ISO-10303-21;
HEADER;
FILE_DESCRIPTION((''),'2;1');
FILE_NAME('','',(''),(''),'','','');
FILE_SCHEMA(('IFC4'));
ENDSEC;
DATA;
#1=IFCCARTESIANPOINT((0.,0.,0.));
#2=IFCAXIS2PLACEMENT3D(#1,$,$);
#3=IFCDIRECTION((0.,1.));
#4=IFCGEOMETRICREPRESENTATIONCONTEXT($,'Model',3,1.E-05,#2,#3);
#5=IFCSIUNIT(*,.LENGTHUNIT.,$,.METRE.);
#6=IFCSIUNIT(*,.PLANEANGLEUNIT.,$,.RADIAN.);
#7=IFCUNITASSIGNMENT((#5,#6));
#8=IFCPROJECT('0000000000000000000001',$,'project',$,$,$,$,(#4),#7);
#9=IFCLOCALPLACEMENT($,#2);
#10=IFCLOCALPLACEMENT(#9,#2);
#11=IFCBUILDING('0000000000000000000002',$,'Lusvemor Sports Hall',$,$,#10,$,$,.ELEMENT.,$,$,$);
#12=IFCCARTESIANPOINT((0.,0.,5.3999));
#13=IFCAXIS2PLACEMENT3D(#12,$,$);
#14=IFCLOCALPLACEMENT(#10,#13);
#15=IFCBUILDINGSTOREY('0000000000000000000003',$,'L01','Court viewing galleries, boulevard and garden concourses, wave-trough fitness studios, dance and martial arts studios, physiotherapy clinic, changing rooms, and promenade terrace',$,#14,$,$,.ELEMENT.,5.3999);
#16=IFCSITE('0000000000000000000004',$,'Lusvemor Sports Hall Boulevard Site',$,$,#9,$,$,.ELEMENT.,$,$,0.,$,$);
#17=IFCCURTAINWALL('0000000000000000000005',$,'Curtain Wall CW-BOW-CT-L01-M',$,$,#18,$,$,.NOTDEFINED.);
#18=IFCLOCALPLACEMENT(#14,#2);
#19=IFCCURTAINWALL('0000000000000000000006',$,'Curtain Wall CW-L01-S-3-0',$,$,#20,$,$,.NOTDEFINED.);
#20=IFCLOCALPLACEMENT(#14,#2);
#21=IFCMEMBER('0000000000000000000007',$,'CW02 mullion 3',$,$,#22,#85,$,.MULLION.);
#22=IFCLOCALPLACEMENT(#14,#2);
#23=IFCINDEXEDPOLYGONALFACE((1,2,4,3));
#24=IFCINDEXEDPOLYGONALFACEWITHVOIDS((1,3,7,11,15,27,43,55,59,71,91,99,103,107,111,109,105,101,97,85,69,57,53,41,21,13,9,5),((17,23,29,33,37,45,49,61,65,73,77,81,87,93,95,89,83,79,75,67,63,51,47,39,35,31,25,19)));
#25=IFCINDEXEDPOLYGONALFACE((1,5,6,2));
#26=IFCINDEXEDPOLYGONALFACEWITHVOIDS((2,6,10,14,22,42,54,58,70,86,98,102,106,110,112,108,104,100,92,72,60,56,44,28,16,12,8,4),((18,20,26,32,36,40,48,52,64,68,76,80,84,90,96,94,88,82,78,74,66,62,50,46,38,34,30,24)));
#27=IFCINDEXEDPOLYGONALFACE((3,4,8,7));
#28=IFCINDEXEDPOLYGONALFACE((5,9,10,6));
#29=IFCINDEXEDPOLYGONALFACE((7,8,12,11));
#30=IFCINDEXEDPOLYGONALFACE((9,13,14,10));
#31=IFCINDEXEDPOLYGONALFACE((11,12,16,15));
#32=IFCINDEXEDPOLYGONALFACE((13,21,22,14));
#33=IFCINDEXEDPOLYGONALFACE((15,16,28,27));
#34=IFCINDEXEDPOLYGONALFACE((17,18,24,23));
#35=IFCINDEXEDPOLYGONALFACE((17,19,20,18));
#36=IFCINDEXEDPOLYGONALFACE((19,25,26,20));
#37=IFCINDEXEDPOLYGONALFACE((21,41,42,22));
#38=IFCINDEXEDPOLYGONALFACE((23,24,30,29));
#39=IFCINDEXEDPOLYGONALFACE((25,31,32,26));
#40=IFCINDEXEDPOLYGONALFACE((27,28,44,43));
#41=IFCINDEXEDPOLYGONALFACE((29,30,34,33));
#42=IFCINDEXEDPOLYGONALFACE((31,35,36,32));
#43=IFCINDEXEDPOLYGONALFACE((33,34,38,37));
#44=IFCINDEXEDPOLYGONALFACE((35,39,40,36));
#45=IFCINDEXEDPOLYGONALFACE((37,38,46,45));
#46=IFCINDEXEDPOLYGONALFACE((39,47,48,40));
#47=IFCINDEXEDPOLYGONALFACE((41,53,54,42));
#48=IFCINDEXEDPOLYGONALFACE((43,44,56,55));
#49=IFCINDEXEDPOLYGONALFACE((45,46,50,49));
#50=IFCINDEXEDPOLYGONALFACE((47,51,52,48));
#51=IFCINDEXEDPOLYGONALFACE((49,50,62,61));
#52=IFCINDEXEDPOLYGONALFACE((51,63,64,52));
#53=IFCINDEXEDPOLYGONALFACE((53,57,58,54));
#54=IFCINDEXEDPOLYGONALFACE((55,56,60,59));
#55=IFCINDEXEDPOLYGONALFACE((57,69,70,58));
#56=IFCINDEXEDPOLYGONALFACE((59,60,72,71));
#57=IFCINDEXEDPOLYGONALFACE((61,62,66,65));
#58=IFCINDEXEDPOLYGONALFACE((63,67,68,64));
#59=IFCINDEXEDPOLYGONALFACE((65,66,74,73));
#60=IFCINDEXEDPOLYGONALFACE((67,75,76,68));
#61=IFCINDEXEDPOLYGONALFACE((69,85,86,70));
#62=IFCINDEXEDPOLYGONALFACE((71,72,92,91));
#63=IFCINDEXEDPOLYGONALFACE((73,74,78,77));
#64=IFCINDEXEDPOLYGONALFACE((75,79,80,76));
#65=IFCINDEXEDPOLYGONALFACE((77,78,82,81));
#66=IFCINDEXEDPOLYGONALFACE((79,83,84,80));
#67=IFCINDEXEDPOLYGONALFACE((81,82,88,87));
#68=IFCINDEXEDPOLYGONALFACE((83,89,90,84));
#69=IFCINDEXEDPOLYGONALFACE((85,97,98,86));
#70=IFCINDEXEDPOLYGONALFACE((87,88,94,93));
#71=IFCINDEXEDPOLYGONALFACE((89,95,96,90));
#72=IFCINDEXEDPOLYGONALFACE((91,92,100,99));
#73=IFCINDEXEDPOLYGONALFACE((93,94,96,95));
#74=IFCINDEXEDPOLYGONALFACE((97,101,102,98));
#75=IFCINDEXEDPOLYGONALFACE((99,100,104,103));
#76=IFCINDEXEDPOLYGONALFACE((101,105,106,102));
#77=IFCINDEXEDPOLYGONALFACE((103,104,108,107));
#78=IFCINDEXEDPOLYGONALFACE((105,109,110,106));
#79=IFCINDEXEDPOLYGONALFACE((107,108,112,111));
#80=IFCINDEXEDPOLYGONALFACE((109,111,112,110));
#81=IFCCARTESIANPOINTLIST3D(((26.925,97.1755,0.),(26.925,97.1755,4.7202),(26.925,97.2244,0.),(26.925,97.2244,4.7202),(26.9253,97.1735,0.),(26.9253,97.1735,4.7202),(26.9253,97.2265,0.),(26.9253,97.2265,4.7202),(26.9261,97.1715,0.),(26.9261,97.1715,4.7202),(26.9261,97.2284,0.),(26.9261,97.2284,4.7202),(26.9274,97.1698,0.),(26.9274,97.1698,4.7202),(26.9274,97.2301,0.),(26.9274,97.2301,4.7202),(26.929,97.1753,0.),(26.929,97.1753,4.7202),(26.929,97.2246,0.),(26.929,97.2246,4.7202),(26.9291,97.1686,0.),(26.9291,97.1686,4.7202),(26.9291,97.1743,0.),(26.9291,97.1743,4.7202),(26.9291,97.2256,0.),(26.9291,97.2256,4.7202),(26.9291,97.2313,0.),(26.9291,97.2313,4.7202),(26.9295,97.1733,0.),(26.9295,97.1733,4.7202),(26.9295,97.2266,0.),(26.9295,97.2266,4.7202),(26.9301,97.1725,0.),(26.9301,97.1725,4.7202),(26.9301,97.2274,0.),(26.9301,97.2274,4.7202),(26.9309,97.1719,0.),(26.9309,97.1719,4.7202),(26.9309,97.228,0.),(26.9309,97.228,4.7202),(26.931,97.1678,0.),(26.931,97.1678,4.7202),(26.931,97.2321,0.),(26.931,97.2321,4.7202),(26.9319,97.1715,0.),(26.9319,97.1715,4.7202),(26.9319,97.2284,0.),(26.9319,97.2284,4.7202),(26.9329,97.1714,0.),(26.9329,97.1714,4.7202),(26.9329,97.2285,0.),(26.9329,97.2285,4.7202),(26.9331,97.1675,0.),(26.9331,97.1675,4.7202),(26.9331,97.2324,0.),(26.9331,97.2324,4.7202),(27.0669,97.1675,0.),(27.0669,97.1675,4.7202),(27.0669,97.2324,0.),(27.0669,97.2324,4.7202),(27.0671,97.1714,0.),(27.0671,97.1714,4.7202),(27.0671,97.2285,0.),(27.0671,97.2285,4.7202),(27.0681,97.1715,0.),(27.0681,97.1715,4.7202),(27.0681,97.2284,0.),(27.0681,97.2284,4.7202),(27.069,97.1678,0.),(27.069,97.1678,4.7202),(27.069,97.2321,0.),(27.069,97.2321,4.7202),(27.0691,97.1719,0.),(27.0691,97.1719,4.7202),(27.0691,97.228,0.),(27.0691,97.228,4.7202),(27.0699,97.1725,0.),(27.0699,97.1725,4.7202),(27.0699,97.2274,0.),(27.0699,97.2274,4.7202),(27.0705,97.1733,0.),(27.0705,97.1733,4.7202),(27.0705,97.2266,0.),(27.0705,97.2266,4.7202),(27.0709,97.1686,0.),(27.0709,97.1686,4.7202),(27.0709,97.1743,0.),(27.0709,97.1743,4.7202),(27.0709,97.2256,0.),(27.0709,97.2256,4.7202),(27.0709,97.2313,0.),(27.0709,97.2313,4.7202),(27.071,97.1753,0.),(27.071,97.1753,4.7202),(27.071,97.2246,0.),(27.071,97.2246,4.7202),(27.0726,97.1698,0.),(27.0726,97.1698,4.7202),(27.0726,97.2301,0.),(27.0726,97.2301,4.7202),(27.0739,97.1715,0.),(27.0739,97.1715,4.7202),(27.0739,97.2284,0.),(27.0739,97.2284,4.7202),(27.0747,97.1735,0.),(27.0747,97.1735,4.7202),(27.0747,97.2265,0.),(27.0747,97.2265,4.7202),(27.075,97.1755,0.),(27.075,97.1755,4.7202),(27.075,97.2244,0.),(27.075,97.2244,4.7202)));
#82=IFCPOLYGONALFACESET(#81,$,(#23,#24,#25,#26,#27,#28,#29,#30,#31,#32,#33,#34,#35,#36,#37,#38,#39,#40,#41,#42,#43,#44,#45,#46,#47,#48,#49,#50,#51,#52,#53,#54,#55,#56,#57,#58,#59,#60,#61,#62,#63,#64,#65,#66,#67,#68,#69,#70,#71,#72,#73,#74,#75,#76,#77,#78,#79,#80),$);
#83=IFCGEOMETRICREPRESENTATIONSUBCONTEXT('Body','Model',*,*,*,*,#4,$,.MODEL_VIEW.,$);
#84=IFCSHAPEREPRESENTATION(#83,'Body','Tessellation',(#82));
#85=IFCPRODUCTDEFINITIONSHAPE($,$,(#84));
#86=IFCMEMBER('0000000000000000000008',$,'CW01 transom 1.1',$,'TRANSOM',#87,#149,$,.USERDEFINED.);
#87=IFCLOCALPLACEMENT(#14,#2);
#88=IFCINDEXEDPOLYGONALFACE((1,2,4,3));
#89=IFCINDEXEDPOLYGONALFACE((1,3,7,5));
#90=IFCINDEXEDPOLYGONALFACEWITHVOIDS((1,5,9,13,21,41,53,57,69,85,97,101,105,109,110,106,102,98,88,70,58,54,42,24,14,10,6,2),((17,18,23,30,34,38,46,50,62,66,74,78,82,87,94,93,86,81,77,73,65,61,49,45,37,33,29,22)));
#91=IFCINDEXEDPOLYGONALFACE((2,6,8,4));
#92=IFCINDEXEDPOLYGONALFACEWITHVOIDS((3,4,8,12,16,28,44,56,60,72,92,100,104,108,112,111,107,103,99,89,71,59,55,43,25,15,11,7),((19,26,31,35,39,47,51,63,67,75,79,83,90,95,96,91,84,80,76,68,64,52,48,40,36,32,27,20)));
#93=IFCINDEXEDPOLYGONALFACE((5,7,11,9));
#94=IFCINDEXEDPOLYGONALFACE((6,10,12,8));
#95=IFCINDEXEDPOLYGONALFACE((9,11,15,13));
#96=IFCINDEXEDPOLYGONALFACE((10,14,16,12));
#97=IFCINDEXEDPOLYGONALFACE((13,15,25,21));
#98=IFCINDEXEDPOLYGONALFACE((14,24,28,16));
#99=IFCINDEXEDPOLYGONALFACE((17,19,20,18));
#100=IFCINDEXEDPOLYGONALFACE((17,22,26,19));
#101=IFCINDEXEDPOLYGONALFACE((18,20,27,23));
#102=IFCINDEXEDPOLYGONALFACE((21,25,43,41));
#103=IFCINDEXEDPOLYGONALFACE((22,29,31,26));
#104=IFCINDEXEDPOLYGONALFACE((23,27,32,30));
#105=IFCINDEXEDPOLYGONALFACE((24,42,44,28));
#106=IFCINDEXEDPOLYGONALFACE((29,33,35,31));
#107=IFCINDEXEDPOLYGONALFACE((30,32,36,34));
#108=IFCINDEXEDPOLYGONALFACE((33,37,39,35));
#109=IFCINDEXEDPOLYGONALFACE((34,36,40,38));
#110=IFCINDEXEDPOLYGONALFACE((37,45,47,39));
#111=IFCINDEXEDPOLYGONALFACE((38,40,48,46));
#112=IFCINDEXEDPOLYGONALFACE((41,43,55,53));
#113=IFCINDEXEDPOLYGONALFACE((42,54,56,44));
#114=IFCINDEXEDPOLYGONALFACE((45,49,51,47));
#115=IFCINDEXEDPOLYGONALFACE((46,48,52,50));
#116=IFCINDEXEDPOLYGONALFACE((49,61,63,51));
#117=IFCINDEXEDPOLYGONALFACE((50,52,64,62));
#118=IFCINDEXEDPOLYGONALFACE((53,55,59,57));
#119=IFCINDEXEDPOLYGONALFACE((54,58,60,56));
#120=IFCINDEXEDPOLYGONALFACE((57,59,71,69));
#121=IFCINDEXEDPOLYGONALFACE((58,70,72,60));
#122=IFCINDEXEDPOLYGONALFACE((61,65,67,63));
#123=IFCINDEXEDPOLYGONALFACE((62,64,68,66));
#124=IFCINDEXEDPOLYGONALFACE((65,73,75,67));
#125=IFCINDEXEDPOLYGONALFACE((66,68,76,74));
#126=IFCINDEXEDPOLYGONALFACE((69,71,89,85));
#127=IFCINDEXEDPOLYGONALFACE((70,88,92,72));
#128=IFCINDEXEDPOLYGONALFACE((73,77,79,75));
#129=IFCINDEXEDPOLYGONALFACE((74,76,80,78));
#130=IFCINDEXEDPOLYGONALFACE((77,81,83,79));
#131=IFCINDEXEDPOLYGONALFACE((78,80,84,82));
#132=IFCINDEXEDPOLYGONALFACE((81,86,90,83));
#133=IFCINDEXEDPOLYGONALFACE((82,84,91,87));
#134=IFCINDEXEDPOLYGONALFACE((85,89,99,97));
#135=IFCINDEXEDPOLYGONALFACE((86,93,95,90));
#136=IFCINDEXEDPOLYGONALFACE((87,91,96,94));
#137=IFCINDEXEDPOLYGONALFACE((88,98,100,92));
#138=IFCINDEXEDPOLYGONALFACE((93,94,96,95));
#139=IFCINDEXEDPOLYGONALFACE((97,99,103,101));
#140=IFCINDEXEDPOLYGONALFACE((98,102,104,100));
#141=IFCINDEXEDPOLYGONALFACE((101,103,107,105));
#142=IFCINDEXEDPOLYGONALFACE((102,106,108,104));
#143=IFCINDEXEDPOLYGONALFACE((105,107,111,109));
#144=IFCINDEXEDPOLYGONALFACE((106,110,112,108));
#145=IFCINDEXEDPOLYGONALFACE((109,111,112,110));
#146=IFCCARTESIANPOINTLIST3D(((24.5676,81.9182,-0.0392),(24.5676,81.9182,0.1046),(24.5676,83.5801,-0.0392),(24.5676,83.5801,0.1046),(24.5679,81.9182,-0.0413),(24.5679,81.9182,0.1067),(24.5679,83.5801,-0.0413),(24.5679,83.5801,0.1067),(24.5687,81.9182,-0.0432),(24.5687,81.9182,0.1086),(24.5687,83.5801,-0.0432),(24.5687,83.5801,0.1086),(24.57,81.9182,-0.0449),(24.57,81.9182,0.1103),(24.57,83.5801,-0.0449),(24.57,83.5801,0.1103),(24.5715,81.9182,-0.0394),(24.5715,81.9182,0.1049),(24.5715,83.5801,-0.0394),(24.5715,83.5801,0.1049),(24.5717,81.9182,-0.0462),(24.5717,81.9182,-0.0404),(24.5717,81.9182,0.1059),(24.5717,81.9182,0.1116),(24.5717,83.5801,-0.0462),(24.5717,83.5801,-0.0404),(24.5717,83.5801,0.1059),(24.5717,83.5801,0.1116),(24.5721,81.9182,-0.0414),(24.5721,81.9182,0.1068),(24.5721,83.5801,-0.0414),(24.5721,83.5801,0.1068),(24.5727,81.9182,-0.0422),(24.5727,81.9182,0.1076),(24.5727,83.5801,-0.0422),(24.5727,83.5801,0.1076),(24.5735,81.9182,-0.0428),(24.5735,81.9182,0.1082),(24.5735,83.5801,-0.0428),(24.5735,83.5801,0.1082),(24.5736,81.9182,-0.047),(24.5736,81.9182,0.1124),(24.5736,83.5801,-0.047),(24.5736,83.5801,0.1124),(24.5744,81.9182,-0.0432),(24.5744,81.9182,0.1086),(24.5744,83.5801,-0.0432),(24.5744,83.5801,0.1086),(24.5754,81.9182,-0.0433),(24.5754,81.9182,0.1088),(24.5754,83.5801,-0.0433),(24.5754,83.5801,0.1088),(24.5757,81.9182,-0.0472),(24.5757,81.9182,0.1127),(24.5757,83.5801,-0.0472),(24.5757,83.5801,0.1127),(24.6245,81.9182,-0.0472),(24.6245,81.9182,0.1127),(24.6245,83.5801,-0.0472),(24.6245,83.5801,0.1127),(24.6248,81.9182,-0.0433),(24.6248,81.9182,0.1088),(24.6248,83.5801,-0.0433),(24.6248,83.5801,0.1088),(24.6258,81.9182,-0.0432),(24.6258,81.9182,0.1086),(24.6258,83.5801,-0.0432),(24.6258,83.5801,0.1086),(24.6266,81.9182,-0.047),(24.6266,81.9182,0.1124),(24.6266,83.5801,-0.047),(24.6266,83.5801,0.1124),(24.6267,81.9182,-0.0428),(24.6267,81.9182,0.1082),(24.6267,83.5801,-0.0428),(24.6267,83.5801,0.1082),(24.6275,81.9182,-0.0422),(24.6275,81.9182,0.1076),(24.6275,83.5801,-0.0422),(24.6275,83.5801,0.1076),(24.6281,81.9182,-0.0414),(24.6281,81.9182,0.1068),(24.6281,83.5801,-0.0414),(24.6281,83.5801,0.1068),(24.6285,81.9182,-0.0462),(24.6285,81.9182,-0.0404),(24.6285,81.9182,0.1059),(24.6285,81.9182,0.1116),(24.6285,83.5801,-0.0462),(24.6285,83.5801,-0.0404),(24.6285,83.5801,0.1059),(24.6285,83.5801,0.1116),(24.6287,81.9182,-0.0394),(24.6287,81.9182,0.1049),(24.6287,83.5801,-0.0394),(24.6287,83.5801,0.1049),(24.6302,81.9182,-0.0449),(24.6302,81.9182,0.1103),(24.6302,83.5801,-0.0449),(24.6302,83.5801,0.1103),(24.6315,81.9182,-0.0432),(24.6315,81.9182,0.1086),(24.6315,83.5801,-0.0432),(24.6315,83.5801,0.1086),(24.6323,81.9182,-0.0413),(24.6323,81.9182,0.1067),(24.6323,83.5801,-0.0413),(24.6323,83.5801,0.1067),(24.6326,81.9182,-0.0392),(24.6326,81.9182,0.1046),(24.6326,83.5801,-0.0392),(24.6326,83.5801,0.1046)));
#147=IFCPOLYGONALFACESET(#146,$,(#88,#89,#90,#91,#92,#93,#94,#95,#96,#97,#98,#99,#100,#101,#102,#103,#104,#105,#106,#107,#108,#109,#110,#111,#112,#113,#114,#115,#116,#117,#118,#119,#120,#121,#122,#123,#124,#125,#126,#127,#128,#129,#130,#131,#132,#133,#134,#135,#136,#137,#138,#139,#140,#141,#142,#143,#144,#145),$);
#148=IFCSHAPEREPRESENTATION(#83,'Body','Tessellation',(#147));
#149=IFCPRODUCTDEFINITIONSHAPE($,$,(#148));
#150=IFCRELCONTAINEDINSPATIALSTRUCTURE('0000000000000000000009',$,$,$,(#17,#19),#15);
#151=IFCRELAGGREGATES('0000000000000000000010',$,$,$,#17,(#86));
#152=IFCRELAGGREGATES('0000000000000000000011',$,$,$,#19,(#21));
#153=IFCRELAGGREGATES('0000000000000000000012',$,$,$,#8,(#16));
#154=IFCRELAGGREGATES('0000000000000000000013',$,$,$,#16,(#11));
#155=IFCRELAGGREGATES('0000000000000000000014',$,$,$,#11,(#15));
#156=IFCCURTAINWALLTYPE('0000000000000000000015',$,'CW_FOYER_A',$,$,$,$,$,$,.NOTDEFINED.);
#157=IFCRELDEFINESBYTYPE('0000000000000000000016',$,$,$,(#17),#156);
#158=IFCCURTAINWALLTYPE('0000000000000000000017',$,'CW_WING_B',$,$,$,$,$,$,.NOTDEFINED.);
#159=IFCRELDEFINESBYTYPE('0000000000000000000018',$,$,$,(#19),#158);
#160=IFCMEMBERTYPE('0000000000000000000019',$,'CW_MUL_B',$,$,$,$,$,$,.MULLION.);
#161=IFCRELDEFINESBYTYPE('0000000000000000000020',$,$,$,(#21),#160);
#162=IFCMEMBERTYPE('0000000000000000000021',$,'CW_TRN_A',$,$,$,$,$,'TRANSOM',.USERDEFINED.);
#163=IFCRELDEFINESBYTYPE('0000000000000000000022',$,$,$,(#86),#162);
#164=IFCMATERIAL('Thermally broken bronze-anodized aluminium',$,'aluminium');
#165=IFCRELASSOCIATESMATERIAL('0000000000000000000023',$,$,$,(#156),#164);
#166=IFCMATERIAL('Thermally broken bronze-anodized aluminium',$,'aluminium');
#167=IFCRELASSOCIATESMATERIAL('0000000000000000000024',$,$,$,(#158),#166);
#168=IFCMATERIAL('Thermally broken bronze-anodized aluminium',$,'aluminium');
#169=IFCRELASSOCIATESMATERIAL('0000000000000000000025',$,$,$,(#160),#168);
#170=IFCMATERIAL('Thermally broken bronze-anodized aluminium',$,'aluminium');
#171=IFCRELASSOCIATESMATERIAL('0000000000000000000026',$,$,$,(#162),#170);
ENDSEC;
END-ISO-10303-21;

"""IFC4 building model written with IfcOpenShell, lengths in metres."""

from ifc_helpers import new_model, si_unit, direction, frame, origin, origin_2d, place, context, subcontext, project, spatial, hollow_rectangle, extrude, material, material_profile, profile_set, type_object, element, aggregate, save


model = new_model("IFC4")

# Units and contexts
model_context = context("Model", 3, precision=1e-05, world=origin(), true_north=direction((0.0, 1.0)))
body_context = subcontext(model_context, "Body", "Model", "MODEL_VIEW")
ifc_project = project(units=[si_unit("LENGTHUNIT", "METRE"), si_unit("PLANEANGLEUNIT", "RADIAN")], contexts=[model_context])

# Site, building, storey
site_placement = place(None, origin())
site = spatial("IfcSite", under=ifc_project, at=site_placement, Name="Lusvemor Sports Hall Boulevard Site", CompositionType="ELEMENT", RefElevation=0.0)
building_placement = place(site_placement, origin())
building = spatial("IfcBuilding", under=site, at=building_placement, Name="Lusvemor Sports Hall", CompositionType="ELEMENT")
storey_placement = place(building_placement, frame((0.0, 0.0, 5.3999)))
storey = spatial("IfcBuildingStorey", under=building, at=storey_placement, Name="L01", Description="Court viewing galleries, boulevard and garden concourses, wave-trough fitness studios, dance and martial arts studios, physiotherapy clinic, changing rooms, and promenade terrace", CompositionType="ELEMENT", Elevation=5.3999)

# Curtain wall
ifc_material_1 = material(Name="Thermally broken bronze-anodized aluminium", Category="aluminium")
curtain_wall_type_1 = type_object("IfcCurtainWallType", Name="CW_FOYER_A", PredefinedType="NOTDEFINED", material=ifc_material_1)
curtain_wall_1_placement = place(storey_placement, origin())
curtain_wall_1 = element("IfcCurtainWall", 1, at=curtain_wall_1_placement, inside=storey, type_object=curtain_wall_type_1, Name="Curtain Wall CW-BOW-CT-L01-M", PredefinedType="NOTDEFINED")

# Curtain wall, member
ifc_material_2 = material(Name="Thermally broken bronze-anodized aluminium", Category="aluminium")
curtain_wall_type_2 = type_object("IfcCurtainWallType", Name="CW_WING_B", PredefinedType="NOTDEFINED", material=ifc_material_2)
curtain_wall_2_placement = place(storey_placement, origin())
curtain_wall_2 = element("IfcCurtainWall", 2, at=curtain_wall_2_placement, inside=storey, type_object=curtain_wall_type_2, Name="Curtain Wall CW-L01-S-3-0", PredefinedType="NOTDEFINED")
ifc_material_3 = material(Name="Thermally broken bronze-anodized aluminium", Category="aluminium")
ifc_material_profile_1 = material_profile(ifc_material_3, hollow_rectangle(XDim=0.0649, YDim=0.1499, WallThickness=0.0039, InnerFilletRadius=0.0039, OuterFilletRadius=0.0081, at=origin_2d()), Name="CWMUL150x65x4")
ifc_profile_set_1 = profile_set([ifc_material_profile_1], Name="Thermally broken bronze-anodized aluminium")
member_type_1 = type_object("IfcMemberType", Name="CW_MUL_B", PredefinedType="MULLION", material=ifc_profile_set_1)
member_1_placement = place(storey_placement, frame((27.0, 97.2, 0.0), z_axis=(0.0, 0.0, 1.0), x_axis=(0.0, -1.0, 0.0)))
member_1 = element("IfcMember", 3, at=member_1_placement, type_object=member_type_1, Name="CW02 mullion 3", PredefinedType="MULLION", context=body_context, shape_type="SweptSolid", body=[
    extrude(hollow_rectangle(XDim=0.0649, YDim=0.1499, WallThickness=0.0039, InnerFilletRadius=0.0039, OuterFilletRadius=0.0081, at=origin_2d()), origin(), (0.0, 0.0, 1.0), 4.7202),
])

# Member
ifc_material_4 = material(Name="Thermally broken bronze-anodized aluminium", Category="aluminium")
ifc_material_profile_2 = material_profile(ifc_material_4, hollow_rectangle(XDim=0.0649, YDim=0.1599, WallThickness=0.0039, InnerFilletRadius=0.0039, OuterFilletRadius=0.0081, at=origin_2d()), Name="CWTRN160x65x4")
ifc_profile_set_2 = profile_set([ifc_material_profile_2], Name="Thermally broken bronze-anodized aluminium")
member_type_2 = type_object("IfcMemberType", Name="CW_TRN_A", ElementType="TRANSOM", PredefinedType="USERDEFINED", material=ifc_profile_set_2)
member_2_placement = place(storey_placement, frame((24.6001, 83.5801, 0.0327), z_axis=(0.0, -1.0, 0.0), x_axis=(1.0, 0.0, 0.0)))
member_2 = element("IfcMember", 4, at=member_2_placement, type_object=member_type_2, Name="CW01 transom 1.1", ObjectType="TRANSOM", PredefinedType="USERDEFINED", context=body_context, shape_type="SweptSolid", body=[
    extrude(hollow_rectangle(XDim=0.0649, YDim=0.1599, WallThickness=0.0039, InnerFilletRadius=0.0039, OuterFilletRadius=0.0081, at=origin_2d()), origin(), (0.0, 0.0, 1.0), 1.6619),
])
aggregate(curtain_wall_1, [member_2])

aggregate(curtain_wall_2, [member_1])

save(model, "model.ifc")
